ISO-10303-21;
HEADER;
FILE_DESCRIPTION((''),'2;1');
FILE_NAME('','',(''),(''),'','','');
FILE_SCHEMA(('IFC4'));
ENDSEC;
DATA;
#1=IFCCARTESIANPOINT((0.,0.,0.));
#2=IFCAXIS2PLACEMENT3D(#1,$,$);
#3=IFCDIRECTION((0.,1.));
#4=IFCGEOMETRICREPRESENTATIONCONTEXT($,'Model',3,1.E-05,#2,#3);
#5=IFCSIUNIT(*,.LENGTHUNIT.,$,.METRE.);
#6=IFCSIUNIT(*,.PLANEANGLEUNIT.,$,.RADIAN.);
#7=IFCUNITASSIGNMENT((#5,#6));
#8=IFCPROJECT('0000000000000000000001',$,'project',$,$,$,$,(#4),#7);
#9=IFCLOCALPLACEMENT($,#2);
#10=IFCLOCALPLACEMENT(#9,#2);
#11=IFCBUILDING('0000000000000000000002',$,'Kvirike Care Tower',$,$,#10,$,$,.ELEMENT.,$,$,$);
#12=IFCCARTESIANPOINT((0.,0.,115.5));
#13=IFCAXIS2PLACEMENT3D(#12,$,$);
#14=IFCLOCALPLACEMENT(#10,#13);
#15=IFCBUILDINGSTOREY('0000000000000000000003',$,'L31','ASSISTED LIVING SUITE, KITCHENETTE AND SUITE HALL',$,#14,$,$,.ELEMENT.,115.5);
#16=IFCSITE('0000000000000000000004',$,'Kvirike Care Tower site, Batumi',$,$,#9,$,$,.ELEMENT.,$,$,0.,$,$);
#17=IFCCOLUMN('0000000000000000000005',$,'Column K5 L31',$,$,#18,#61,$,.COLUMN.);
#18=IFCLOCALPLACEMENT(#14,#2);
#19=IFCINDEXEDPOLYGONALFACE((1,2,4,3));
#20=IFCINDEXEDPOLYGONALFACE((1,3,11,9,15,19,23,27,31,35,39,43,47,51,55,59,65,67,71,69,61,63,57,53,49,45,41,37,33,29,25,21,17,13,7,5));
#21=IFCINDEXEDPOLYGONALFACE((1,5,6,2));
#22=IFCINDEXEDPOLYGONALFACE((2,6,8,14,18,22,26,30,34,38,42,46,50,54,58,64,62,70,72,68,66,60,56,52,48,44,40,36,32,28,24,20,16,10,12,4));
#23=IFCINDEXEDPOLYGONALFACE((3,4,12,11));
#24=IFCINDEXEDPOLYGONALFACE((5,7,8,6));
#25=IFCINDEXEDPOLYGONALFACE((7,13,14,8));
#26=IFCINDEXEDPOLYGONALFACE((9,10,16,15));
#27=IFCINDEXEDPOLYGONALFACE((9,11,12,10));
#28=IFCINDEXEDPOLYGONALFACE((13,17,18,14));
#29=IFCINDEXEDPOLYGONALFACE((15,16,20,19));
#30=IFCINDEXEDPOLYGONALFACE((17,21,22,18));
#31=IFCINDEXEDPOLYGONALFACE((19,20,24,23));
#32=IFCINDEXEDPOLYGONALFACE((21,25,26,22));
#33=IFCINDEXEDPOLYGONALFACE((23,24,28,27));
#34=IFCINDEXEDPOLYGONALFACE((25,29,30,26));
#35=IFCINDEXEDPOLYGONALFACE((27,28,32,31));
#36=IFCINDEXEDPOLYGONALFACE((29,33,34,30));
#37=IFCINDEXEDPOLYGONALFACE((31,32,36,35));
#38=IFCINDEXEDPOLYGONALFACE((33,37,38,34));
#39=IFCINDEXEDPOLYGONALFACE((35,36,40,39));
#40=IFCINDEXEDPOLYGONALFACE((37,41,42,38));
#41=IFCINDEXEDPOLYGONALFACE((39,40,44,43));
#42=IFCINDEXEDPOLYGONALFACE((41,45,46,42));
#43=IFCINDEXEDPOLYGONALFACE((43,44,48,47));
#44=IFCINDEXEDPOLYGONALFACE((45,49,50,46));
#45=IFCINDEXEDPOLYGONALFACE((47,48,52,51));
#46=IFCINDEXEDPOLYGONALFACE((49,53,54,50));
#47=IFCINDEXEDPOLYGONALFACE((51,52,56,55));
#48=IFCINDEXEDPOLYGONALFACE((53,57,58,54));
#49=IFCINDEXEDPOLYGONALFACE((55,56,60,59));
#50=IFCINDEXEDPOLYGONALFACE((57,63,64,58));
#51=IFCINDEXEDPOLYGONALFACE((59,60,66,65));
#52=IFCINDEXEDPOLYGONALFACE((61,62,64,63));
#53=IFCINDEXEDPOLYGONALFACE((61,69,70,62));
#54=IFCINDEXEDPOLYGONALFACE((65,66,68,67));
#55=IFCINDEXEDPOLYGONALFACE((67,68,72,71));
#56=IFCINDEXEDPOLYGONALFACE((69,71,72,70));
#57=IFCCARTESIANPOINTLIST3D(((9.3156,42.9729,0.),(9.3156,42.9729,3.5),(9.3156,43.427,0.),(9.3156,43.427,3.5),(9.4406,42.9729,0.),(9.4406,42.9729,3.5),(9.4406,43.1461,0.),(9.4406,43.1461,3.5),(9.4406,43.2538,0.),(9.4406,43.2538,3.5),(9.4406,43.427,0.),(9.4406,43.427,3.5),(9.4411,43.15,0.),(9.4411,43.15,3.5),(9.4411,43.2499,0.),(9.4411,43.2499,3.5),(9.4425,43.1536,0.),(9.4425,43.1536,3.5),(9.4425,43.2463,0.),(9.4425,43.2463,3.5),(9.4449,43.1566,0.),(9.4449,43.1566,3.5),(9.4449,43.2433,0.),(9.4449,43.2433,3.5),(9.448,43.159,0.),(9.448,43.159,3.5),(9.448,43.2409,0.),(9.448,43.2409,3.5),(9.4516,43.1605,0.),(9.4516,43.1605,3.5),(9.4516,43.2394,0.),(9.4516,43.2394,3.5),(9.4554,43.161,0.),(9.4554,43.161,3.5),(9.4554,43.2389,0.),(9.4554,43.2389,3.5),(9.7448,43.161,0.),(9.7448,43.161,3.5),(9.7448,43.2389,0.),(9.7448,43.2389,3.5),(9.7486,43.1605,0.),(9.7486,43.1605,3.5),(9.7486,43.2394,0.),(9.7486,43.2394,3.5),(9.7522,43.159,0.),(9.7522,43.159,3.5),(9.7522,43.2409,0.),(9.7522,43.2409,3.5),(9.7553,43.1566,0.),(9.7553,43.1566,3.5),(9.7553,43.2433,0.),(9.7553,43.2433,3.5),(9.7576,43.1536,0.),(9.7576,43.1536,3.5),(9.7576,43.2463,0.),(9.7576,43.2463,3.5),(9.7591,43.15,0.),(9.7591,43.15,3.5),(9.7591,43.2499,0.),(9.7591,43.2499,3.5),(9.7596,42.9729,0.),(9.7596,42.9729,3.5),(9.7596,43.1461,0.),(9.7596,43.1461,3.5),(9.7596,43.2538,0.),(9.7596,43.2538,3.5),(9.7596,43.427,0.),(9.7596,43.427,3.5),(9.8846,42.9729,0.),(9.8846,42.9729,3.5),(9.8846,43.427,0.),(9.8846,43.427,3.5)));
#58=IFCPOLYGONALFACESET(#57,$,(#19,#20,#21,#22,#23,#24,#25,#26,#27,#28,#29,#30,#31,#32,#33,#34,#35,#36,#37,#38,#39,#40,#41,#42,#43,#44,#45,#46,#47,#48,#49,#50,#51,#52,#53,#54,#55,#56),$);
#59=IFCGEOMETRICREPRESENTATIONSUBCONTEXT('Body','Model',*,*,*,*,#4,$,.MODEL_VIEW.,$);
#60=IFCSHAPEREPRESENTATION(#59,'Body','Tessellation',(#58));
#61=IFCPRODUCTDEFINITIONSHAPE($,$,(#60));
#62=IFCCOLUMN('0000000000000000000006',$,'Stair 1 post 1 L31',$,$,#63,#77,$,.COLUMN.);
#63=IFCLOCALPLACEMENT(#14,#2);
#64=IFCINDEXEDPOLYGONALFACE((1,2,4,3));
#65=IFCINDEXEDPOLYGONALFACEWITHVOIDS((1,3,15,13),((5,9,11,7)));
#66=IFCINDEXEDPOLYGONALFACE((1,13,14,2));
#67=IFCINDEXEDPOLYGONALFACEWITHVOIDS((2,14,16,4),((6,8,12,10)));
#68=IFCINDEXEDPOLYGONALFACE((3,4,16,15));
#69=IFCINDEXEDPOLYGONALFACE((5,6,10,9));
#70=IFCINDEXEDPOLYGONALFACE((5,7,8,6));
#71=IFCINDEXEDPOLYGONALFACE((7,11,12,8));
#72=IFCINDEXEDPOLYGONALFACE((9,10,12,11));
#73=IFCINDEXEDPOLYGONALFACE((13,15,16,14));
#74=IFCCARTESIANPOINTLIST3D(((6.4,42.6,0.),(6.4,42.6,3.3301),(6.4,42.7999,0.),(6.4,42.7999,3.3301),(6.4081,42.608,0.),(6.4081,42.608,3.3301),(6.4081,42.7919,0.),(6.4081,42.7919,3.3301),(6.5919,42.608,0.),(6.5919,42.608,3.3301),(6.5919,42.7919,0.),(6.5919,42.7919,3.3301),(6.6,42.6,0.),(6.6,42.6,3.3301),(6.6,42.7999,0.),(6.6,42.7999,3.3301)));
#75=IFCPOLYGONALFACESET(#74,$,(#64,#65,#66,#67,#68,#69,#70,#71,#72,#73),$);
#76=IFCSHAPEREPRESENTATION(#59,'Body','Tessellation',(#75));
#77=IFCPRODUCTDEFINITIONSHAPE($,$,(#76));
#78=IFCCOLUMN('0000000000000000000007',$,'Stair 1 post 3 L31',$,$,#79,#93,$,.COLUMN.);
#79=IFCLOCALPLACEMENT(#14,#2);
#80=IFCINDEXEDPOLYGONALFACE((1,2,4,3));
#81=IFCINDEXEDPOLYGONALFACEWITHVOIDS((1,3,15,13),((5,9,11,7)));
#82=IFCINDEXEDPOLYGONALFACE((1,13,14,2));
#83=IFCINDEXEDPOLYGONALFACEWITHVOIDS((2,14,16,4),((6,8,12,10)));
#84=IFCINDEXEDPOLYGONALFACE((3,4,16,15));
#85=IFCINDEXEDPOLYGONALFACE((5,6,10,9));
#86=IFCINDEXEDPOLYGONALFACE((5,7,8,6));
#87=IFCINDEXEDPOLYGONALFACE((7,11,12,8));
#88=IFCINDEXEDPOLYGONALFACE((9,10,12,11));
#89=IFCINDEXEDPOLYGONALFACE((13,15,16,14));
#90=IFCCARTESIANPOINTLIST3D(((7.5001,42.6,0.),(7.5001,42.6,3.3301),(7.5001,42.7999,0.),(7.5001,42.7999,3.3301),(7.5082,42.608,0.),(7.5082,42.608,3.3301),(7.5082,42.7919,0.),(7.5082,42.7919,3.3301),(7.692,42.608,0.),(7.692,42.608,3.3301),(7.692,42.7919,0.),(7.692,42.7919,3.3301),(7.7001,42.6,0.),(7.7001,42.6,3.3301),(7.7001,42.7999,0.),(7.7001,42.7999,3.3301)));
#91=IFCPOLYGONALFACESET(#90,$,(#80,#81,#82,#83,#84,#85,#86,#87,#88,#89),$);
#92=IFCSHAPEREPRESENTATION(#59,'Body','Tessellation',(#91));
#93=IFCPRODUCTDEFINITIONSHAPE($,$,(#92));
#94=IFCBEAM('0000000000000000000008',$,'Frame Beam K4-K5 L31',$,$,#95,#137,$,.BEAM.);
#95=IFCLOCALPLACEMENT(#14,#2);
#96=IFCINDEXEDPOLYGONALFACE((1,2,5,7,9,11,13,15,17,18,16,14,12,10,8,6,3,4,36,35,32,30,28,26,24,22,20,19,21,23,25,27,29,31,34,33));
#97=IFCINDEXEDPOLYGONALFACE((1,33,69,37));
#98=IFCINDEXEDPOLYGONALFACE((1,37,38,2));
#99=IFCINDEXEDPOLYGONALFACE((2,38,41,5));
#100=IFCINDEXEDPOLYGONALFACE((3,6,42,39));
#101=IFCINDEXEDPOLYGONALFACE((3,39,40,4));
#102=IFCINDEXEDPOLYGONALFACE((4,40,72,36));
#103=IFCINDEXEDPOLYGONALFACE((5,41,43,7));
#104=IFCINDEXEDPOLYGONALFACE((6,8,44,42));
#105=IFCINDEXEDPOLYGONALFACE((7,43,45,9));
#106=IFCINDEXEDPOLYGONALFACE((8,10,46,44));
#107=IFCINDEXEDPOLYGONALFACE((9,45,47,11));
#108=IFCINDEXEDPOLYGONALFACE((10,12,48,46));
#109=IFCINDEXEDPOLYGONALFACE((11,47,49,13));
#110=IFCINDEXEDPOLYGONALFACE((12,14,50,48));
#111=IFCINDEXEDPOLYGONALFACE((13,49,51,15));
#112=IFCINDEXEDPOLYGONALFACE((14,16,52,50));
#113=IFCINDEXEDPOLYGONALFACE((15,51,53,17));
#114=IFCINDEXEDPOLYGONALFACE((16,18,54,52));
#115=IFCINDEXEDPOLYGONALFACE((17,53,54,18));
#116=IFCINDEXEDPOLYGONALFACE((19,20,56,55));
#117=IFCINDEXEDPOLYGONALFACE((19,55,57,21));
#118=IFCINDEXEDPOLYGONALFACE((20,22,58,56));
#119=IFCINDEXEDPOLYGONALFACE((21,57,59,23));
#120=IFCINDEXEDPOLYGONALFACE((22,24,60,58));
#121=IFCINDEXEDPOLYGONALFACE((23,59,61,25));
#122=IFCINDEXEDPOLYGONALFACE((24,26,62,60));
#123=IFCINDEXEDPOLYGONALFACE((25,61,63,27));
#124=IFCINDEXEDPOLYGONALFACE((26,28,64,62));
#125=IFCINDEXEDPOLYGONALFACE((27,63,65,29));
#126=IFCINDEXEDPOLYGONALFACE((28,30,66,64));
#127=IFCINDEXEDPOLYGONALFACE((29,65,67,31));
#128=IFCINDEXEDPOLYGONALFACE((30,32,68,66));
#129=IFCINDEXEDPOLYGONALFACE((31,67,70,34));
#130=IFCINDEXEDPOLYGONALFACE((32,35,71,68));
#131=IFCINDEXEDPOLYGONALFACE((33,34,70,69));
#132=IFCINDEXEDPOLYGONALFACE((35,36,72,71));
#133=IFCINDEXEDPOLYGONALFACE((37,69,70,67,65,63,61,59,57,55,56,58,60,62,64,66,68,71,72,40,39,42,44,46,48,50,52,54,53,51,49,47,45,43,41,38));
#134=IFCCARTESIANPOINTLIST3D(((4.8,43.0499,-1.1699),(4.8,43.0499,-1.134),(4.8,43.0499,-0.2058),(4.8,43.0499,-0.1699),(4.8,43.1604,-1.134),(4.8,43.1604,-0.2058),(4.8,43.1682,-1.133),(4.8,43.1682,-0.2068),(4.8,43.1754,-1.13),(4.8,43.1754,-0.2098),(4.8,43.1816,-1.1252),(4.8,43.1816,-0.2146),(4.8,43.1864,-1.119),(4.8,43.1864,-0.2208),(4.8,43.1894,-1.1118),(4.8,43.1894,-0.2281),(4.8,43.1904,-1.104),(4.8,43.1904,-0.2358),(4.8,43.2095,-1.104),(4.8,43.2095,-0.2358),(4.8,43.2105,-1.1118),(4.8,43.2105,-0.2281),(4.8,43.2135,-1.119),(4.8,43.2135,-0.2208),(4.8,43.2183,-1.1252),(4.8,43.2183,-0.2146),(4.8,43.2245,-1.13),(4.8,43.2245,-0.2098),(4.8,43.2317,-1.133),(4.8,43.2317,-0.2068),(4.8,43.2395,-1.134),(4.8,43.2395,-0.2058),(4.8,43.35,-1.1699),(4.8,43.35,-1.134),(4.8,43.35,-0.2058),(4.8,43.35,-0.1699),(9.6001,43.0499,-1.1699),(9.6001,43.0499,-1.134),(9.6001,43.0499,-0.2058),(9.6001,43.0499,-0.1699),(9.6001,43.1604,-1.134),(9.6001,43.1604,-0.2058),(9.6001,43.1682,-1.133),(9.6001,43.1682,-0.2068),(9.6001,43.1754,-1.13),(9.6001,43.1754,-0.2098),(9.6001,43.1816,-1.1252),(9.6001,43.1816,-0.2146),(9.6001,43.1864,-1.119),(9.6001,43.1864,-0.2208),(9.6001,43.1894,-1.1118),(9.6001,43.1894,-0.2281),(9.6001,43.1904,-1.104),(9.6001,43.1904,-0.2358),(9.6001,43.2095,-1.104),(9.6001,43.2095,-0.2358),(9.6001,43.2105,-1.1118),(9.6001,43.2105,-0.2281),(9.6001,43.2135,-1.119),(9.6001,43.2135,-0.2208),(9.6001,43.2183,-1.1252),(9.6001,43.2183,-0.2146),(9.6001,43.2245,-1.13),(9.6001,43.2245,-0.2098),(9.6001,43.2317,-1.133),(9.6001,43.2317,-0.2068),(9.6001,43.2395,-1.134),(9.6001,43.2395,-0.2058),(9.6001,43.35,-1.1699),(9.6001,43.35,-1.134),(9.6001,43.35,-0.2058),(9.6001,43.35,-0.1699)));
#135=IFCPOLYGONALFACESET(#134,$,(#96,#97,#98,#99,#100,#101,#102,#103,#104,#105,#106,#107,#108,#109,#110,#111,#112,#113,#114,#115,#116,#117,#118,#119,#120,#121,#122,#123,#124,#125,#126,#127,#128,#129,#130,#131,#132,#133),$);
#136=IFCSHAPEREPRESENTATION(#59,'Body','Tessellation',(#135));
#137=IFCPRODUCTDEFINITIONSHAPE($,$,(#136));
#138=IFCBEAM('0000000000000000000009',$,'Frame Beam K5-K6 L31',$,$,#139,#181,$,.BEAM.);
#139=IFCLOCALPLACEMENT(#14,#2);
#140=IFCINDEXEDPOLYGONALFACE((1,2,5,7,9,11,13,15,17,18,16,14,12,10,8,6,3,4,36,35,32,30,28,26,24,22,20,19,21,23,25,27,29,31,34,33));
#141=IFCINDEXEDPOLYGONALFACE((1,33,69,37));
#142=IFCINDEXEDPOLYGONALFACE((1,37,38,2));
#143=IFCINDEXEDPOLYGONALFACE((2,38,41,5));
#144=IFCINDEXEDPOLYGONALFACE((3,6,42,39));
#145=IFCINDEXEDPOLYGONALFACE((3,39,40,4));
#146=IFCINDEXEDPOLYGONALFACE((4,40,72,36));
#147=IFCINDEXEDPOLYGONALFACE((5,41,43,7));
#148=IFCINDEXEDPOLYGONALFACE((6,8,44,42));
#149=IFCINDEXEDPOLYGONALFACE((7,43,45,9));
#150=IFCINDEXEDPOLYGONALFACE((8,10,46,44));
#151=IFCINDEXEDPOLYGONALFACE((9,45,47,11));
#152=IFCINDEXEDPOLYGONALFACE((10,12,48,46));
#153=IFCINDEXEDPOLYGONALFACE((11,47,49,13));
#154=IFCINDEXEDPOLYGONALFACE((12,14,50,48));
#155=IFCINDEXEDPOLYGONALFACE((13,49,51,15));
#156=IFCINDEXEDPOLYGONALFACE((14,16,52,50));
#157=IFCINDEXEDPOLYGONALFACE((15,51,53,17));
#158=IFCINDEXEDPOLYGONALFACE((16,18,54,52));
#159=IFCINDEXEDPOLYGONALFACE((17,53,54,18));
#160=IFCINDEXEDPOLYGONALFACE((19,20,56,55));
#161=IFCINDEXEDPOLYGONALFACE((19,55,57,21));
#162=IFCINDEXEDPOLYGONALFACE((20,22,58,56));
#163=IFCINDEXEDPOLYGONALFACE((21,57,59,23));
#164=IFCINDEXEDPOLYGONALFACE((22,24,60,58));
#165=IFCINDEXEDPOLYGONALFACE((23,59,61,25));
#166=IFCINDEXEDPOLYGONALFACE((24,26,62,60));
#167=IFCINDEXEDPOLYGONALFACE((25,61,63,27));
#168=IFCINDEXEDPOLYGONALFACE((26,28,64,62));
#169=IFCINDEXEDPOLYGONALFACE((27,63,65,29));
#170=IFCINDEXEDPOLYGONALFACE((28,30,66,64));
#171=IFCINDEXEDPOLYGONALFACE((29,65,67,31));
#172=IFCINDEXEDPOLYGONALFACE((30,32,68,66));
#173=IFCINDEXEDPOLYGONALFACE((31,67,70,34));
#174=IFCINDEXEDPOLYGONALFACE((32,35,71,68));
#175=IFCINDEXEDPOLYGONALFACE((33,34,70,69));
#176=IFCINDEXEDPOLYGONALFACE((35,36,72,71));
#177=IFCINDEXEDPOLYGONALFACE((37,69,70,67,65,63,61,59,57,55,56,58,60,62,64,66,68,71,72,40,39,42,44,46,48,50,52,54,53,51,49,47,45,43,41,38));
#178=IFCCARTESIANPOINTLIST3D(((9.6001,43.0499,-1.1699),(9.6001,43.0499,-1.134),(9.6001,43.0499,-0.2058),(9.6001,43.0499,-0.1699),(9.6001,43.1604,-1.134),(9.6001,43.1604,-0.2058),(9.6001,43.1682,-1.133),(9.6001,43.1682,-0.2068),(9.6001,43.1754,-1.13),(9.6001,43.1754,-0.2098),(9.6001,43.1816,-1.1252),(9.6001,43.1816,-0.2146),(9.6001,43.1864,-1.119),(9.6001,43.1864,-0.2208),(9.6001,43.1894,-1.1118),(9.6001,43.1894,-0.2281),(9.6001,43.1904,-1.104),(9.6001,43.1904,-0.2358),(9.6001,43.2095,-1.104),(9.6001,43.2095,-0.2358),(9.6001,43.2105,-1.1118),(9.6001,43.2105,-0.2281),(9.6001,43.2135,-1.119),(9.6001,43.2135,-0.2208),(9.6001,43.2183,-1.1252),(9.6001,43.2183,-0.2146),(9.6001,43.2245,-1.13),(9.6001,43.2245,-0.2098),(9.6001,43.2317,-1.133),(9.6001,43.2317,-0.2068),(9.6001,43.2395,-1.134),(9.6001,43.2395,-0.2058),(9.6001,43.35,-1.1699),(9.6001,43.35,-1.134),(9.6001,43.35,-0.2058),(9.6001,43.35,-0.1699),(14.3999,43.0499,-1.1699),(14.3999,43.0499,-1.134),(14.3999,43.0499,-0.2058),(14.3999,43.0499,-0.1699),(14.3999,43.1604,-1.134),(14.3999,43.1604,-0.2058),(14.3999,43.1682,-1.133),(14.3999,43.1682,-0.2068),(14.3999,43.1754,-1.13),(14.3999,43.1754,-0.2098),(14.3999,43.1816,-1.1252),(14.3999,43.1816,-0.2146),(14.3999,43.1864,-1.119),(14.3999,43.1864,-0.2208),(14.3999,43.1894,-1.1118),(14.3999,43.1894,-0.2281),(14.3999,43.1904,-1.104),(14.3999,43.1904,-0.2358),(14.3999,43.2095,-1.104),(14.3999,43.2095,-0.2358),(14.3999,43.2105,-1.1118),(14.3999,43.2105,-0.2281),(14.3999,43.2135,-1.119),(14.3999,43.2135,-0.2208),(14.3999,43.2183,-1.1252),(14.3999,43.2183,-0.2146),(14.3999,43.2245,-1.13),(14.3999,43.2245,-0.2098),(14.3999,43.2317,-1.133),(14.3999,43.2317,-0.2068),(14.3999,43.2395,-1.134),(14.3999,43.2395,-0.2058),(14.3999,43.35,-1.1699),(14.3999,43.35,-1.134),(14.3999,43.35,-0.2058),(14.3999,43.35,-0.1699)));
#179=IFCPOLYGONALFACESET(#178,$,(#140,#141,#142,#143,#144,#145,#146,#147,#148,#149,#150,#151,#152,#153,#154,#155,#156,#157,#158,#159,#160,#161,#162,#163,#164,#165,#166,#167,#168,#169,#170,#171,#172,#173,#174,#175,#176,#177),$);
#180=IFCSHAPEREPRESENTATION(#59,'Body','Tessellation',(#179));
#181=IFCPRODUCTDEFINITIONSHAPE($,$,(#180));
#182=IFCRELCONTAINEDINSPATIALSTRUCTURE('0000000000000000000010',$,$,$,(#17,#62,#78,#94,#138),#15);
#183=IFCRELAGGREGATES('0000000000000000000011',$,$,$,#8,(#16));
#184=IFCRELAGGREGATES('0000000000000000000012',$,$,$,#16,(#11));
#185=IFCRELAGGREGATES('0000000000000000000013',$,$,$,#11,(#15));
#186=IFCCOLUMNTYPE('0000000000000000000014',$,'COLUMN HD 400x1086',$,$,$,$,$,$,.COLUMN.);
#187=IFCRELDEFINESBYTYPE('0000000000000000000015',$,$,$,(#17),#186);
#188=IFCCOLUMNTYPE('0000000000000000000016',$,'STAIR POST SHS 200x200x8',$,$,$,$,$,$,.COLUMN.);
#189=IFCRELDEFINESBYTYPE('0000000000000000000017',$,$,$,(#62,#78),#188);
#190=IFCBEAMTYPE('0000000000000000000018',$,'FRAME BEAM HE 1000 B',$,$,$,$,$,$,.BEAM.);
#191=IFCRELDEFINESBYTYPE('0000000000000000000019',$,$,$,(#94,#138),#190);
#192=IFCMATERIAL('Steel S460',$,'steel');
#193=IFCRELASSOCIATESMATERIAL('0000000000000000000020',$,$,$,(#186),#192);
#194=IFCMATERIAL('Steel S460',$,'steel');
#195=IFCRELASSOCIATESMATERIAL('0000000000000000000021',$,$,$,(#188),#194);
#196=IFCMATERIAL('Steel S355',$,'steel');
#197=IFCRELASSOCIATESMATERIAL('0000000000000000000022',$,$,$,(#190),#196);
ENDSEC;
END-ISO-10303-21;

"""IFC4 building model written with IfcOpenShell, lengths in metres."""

from ifc_helpers import new_model, si_unit, direction, frame, origin, origin_2d, place, context, subcontext, project, spatial, hollow_rectangle, i_section, extrude, material, material_profile, profile_set, type_object, element, save


model = new_model("IFC4")

# Units and contexts
model_context = context("Model", 3, precision=1e-05, world=origin(), true_north=direction((0.0, 1.0)))
body_context = subcontext(model_context, "Body", "Model", "MODEL_VIEW")
ifc_project = project(units=[si_unit("LENGTHUNIT", "METRE"), si_unit("PLANEANGLEUNIT", "RADIAN")], contexts=[model_context])

# Site, building, storey
site_placement = place(None, origin())
site = spatial("IfcSite", under=ifc_project, at=site_placement, Name="Kvirike Care Tower site, Batumi", CompositionType="ELEMENT", RefElevation=0.0)
building_placement = place(site_placement, origin())
building = spatial("IfcBuilding", under=site, at=building_placement, Name="Kvirike Care Tower", CompositionType="ELEMENT")
storey_placement = place(building_placement, frame((0.0, 0.0, 115.5)))
storey = spatial("IfcBuildingStorey", under=building, at=storey_placement, Name="L31", Description="ASSISTED LIVING SUITE, KITCHENETTE AND SUITE HALL", CompositionType="ELEMENT", Elevation=115.5)

# Columns
ifc_material_1 = material(Name="Steel S460", Category="steel")
ifc_material_profile_1 = material_profile(ifc_material_1, i_section(OverallWidth=0.4541, OverallDepth=0.5691, WebThickness=0.0779, FlangeThickness=0.125, FilletRadius=0.0149, at=origin_2d()), Name="HD 400x1086")
ifc_profile_set_1 = profile_set([ifc_material_profile_1], Name="Steel S460")
column_type_1 = type_object("IfcColumnType", Name="COLUMN HD 400x1086", PredefinedType="COLUMN", material=ifc_profile_set_1)
column_placement = place(storey_placement, frame((9.6001, 43.2, 0.0), z_axis=(0.0, 0.0, 1.0), x_axis=(0.0, 1.0, 0.0)))
element("IfcColumn", 1, at=column_placement, inside=storey, type_object=column_type_1, Name="Column K5 L31", PredefinedType="COLUMN", context=body_context, shape_type="SweptSolid", body=[
    extrude(i_section(OverallWidth=0.4541, OverallDepth=0.5691, WebThickness=0.0779, FlangeThickness=0.125, FilletRadius=0.0149, at=origin_2d()), origin(), (0.0, 0.0, 1.0), 3.5),
])
ifc_material_2 = material(Name="Steel S460", Category="steel")
ifc_material_profile_2 = material_profile(ifc_material_2, hollow_rectangle(XDim=0.2, YDim=0.2, WallThickness=0.0081, at=origin_2d()), Name="SHS 200x200x8")
ifc_profile_set_2 = profile_set([ifc_material_profile_2], Name="Steel S460")
column_type_2 = type_object("IfcColumnType", Name="STAIR POST SHS 200x200x8", PredefinedType="COLUMN", material=ifc_profile_set_2)
for number, where, z_axis, x_axis, name in (
    (2, (6.5, 42.7, 0.0), (0.0, 0.0, 1.0), (1.0, 0.0, 0.0), "Stair 1 post 1 L31"),
    (3, (7.6001, 42.7, 0.0), (0.0, 0.0, 1.0), (1.0, 0.0, 0.0), "Stair 1 post 3 L31"),
):
    element("IfcColumn", number, at=place(storey_placement, frame(where, z_axis=z_axis, x_axis=x_axis)), inside=storey, type_object=column_type_2, Name=name, PredefinedType="COLUMN", context=body_context, shape_type="SweptSolid", body=[
        extrude(hollow_rectangle(XDim=0.2, YDim=0.2, WallThickness=0.0081, at=origin_2d()), origin(), (0.0, 0.0, 1.0), 3.3301),
    ])

# Beams
ifc_material_3 = material(Name="Steel S355", Category="steel")
ifc_material_profile_3 = material_profile(ifc_material_3, i_section(OverallWidth=0.3, OverallDepth=1.0, WebThickness=0.019, FlangeThickness=0.0359, FilletRadius=0.03, at=origin_2d()), Name="HE 1000 B")
ifc_profile_set_3 = profile_set([ifc_material_profile_3], Name="Steel S355")
beam_type_1 = type_object("IfcBeamType", Name="FRAME BEAM HE 1000 B", PredefinedType="BEAM", material=ifc_profile_set_3)
beam_1_placement = place(storey_placement, frame((4.8, 43.2, -0.6699), z_axis=(1.0, 0.0, 0.0), x_axis=(0.0, 1.0, 0.0)))
element("IfcBeam", 4, at=beam_1_placement, inside=storey, type_object=beam_type_1, Name="Frame Beam K4-K5 L31", PredefinedType="BEAM", context=body_context, shape_type="SweptSolid", body=[
    extrude(i_section(OverallWidth=0.3, OverallDepth=1.0, WebThickness=0.019, FlangeThickness=0.0359, FilletRadius=0.03, at=origin_2d()), origin(), (0.0, 0.0, 1.0), 4.8),
])
beam_2_placement = place(storey_placement, frame((9.6001, 43.2, -0.6699), z_axis=(1.0, 0.0, 0.0), x_axis=(0.0, 1.0, 0.0)))
element("IfcBeam", 5, at=beam_2_placement, inside=storey, type_object=beam_type_1, Name="Frame Beam K5-K6 L31", PredefinedType="BEAM", context=body_context, shape_type="SweptSolid", body=[
    extrude(i_section(OverallWidth=0.3, OverallDepth=1.0, WebThickness=0.019, FlangeThickness=0.0359, FilletRadius=0.03, at=origin_2d()), origin(), (0.0, 0.0, 1.0), 4.7998),
])

save(model, "model.ifc")
